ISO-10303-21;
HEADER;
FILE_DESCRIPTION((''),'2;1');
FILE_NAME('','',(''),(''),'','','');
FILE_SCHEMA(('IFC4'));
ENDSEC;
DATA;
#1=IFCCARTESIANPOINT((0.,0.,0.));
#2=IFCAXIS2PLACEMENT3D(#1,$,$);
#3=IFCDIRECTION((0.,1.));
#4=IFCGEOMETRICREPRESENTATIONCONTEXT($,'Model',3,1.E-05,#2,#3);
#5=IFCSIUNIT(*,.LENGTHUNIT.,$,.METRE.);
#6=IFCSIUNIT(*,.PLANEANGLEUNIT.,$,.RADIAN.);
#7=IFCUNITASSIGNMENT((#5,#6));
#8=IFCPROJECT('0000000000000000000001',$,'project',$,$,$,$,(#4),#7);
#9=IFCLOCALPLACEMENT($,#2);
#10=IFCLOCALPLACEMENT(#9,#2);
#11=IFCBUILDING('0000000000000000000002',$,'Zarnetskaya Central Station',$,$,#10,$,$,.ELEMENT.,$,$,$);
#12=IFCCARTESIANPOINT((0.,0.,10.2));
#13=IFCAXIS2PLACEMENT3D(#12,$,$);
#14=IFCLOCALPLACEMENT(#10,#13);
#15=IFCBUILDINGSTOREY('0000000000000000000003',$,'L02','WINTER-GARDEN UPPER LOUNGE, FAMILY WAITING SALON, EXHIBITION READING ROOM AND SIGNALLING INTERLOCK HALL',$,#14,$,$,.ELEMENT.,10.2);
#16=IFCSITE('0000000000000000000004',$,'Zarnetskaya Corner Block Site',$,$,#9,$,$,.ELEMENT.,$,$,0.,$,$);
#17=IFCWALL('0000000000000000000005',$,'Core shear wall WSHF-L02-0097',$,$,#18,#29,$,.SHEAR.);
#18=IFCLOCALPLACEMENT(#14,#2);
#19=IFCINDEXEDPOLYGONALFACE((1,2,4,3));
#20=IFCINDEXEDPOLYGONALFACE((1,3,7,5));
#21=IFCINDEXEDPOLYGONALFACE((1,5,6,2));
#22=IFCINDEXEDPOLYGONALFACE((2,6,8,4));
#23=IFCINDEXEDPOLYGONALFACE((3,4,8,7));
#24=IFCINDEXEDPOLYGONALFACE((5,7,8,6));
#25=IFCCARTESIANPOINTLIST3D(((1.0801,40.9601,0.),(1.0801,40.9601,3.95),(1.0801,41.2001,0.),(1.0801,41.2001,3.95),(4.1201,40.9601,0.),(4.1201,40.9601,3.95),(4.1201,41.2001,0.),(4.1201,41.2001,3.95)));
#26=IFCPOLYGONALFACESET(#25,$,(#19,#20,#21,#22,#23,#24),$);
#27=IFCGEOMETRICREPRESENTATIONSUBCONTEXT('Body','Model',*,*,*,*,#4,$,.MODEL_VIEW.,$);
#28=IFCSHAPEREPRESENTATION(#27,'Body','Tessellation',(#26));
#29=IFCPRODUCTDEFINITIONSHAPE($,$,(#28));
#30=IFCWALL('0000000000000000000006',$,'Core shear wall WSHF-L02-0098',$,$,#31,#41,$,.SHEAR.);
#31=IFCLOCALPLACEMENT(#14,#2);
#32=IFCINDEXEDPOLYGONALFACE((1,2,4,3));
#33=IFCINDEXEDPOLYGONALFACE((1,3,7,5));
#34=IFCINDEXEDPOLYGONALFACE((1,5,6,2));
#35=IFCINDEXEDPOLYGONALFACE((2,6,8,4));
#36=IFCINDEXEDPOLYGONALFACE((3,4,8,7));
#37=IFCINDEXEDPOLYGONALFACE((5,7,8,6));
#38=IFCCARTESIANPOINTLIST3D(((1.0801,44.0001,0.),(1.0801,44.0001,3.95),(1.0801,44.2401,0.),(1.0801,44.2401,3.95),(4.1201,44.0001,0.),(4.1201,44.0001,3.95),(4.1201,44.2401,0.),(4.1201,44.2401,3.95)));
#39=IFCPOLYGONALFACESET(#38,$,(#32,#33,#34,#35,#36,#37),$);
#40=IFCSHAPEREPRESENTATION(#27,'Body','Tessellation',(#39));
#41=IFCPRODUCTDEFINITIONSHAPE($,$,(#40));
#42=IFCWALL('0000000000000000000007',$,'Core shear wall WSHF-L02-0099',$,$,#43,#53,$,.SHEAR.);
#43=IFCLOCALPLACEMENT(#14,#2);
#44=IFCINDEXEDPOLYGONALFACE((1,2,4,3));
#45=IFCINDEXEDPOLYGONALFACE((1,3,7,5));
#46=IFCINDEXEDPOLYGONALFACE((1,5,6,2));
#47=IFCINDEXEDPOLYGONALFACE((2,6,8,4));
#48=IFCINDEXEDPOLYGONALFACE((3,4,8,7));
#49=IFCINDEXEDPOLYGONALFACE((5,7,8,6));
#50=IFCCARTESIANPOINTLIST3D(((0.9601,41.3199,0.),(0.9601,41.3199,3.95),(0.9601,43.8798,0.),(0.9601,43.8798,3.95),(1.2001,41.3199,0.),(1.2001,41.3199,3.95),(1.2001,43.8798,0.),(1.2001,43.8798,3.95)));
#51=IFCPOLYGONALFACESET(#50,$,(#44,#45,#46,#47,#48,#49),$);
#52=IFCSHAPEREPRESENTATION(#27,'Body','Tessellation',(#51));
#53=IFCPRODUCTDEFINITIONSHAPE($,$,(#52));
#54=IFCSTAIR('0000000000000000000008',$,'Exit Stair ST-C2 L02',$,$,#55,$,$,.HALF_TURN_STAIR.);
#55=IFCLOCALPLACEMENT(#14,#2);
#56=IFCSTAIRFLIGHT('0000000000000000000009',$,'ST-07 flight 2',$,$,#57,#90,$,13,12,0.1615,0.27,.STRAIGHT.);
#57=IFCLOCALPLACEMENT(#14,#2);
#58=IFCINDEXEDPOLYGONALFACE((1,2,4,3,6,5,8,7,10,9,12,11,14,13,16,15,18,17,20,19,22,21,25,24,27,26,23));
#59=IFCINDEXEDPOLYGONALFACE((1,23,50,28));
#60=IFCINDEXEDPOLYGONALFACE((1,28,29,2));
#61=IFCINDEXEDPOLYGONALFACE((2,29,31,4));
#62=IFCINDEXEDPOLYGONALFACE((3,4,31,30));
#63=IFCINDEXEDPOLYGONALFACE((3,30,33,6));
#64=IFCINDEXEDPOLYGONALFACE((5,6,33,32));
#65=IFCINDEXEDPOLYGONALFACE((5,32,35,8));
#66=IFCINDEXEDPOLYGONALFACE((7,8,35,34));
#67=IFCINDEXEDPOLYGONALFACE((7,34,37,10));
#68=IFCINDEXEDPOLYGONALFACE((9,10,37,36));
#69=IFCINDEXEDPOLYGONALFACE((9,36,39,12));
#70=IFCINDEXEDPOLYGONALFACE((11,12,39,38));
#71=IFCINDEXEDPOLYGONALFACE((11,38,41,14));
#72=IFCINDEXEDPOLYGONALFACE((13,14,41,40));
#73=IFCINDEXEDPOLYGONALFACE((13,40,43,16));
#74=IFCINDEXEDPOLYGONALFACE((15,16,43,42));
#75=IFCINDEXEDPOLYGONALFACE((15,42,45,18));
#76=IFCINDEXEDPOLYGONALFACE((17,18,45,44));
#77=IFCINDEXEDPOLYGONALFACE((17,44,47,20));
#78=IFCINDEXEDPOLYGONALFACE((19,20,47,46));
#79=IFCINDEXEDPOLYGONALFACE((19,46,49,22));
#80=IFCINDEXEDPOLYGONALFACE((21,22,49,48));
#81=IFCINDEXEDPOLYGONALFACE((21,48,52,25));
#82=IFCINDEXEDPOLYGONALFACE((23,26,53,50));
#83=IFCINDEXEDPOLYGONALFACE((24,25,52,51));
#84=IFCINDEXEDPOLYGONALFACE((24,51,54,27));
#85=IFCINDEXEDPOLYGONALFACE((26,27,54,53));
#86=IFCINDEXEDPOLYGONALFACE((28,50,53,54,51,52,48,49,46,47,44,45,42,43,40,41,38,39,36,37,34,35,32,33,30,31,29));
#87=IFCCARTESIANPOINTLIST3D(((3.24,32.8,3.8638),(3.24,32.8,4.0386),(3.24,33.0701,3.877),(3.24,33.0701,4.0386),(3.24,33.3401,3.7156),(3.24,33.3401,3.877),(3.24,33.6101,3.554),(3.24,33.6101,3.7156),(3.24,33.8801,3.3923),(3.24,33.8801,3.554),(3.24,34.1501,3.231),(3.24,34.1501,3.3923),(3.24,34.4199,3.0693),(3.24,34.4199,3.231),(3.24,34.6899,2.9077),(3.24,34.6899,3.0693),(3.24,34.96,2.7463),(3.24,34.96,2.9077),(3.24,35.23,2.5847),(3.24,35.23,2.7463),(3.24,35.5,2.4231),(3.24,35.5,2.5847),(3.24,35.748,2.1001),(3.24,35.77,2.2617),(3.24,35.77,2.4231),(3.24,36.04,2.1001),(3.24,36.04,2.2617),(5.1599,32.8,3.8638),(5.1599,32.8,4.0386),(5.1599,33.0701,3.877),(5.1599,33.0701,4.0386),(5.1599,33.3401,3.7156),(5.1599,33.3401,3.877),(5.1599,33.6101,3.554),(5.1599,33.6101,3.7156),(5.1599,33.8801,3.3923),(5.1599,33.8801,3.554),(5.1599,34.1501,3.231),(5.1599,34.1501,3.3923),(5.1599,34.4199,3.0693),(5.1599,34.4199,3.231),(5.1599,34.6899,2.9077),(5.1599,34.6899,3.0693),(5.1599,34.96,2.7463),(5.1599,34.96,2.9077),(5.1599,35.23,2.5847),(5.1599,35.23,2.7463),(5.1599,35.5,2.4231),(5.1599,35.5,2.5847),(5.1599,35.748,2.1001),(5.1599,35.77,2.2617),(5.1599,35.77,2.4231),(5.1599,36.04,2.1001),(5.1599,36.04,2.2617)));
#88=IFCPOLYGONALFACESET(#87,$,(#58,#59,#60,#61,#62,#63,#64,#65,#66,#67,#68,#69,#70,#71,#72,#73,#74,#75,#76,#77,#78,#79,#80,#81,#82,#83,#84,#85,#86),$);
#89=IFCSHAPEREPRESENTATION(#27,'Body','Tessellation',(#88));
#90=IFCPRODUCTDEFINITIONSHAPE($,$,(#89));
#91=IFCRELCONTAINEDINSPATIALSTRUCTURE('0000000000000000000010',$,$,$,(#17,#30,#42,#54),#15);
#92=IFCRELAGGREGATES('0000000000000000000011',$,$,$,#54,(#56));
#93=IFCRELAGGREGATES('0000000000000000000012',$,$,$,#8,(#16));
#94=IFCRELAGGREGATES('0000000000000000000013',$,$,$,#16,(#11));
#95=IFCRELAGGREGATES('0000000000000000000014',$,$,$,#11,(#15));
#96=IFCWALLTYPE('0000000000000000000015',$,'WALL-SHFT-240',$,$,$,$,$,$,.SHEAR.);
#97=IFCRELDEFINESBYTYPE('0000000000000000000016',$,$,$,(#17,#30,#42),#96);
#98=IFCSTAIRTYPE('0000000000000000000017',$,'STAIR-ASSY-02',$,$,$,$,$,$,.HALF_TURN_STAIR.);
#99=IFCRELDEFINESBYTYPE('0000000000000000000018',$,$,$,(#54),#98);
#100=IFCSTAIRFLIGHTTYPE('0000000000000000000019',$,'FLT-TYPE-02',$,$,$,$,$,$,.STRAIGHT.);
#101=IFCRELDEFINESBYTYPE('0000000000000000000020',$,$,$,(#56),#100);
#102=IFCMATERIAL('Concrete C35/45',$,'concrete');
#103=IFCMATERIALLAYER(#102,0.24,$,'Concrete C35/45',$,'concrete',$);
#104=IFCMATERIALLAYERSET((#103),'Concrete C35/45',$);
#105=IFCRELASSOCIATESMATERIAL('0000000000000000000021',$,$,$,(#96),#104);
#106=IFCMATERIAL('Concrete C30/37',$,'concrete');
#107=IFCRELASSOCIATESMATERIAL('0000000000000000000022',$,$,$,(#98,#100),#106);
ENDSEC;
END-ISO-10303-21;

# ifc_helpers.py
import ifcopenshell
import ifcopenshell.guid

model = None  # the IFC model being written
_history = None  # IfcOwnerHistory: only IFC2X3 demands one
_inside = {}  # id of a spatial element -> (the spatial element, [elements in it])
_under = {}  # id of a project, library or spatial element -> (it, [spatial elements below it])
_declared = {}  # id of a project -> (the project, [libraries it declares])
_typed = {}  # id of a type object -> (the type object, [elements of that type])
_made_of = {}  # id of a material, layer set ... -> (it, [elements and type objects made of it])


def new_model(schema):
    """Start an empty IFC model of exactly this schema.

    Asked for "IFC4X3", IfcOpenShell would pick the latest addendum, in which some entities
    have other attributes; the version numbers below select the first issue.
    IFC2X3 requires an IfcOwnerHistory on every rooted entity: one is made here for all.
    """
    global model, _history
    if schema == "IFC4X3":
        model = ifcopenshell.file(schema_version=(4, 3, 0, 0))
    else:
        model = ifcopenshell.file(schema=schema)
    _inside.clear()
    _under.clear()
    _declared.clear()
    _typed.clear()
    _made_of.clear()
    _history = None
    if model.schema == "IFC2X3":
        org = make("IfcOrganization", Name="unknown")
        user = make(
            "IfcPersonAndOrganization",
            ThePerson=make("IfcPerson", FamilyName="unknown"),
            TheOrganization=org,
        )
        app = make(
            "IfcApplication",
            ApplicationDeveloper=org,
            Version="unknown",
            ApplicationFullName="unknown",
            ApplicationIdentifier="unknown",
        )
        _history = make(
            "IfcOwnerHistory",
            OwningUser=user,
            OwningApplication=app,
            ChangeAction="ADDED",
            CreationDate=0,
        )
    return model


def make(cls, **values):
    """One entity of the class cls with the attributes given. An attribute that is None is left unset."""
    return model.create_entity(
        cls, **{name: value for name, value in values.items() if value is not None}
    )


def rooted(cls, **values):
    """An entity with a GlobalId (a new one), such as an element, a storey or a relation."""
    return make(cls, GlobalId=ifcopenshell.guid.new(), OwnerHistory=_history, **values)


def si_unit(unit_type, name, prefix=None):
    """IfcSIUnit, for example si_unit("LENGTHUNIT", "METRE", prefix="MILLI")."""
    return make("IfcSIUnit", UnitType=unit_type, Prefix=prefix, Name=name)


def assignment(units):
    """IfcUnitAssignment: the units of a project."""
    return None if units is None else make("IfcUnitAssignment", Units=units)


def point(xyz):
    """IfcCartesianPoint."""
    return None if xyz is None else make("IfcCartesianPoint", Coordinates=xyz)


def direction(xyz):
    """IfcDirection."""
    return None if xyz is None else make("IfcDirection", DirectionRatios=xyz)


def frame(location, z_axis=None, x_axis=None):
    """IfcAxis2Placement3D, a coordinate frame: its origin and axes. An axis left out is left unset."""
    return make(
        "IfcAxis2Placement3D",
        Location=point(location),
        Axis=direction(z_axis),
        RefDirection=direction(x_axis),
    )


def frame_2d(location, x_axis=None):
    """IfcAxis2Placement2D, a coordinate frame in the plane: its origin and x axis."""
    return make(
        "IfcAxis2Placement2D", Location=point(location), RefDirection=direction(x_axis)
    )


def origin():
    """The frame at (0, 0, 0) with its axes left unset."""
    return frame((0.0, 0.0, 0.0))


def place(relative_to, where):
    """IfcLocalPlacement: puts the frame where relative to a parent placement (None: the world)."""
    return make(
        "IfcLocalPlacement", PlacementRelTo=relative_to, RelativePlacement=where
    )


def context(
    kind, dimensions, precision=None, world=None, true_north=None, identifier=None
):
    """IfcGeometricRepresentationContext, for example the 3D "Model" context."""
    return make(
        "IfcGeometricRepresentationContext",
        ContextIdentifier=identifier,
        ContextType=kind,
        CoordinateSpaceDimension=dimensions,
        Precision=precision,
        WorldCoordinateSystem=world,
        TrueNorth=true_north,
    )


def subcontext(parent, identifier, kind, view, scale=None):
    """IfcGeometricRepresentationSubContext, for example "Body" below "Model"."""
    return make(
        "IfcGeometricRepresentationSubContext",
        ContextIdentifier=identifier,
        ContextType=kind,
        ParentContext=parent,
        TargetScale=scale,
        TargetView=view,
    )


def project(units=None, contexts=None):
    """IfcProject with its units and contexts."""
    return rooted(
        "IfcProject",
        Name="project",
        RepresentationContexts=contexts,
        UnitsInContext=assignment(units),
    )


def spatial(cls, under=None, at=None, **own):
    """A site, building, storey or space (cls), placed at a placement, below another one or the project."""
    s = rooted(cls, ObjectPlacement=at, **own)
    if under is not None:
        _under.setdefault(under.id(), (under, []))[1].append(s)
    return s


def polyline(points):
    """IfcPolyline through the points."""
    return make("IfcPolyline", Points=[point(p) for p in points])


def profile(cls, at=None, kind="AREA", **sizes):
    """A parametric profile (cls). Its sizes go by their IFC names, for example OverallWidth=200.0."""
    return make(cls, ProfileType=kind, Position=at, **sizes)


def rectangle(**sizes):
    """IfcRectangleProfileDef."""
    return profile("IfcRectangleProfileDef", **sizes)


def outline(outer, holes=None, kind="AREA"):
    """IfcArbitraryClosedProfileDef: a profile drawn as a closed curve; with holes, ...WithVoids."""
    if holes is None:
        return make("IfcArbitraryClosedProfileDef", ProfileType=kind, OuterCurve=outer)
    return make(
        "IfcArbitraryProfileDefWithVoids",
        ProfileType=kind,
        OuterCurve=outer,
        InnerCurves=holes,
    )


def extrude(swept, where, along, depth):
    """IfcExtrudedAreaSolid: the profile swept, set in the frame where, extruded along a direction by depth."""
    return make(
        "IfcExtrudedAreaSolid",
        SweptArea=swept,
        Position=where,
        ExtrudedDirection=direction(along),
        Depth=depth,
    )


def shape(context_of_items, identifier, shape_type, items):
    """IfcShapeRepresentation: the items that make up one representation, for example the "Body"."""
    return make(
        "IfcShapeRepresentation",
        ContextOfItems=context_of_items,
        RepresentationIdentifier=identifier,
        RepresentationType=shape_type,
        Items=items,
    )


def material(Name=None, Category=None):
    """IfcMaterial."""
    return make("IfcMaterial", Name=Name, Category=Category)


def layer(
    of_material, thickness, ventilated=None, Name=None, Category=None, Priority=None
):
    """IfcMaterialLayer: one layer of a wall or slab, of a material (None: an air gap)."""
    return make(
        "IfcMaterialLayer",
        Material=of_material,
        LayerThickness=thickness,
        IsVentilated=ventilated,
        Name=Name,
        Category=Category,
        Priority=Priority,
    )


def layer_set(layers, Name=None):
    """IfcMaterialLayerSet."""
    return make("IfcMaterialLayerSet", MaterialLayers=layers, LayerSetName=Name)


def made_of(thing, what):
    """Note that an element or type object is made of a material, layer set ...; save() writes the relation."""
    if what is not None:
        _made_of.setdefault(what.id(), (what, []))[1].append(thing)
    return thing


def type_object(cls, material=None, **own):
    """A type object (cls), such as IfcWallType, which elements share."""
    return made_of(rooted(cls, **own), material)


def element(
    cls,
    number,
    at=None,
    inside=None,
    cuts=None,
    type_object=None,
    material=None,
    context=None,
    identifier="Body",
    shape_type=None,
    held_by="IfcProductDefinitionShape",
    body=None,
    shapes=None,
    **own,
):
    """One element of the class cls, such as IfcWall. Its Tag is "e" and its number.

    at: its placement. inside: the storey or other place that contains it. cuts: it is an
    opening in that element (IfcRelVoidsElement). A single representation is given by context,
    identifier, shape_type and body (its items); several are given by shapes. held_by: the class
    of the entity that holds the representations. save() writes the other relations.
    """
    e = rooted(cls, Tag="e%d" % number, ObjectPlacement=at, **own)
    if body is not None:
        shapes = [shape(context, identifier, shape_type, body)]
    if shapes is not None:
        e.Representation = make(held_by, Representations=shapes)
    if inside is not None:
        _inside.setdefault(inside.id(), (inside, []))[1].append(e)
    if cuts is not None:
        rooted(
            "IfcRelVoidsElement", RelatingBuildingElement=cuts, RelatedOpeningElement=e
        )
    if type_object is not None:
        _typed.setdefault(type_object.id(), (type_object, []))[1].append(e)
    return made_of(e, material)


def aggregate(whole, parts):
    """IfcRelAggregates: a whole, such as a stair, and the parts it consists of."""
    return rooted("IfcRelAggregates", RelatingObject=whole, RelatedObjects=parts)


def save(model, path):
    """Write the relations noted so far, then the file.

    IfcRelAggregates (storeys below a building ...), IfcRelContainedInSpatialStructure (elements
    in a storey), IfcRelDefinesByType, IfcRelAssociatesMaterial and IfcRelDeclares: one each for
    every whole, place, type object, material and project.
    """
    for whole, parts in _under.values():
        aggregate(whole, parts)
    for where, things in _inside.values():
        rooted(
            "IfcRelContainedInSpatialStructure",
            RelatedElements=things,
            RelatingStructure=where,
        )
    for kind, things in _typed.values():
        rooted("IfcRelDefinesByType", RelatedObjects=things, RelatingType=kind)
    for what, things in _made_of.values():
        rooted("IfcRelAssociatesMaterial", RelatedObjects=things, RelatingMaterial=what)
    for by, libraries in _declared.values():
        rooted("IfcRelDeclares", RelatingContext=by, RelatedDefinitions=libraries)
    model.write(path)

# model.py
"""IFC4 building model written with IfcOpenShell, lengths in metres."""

from ifc_helpers import new_model, si_unit, direction, frame, frame_2d, origin, place, context, subcontext, project, spatial, polyline, rectangle, outline, extrude, material, layer, layer_set, type_object, element, aggregate, save


model = new_model("IFC4")

# Units and contexts
model_context = context("Model", 3, precision=1e-05, world=origin(), true_north=direction((0.0, 1.0)))
body_context = subcontext(model_context, "Body", "Model", "MODEL_VIEW")
ifc_project = project(units=[si_unit("LENGTHUNIT", "METRE"), si_unit("PLANEANGLEUNIT", "RADIAN")], contexts=[model_context])

# Site, building, storey
site_placement = place(None, origin())
site = spatial("IfcSite", under=ifc_project, at=site_placement, Name="Zarnetskaya Corner Block Site", CompositionType="ELEMENT", RefElevation=0.0)
building_placement = place(site_placement, origin())
building = spatial("IfcBuilding", under=site, at=building_placement, Name="Zarnetskaya Central Station", CompositionType="ELEMENT")
storey_placement = place(building_placement, frame((0.0, 0.0, 10.2)))
storey = spatial("IfcBuildingStorey", under=building, at=storey_placement, Name="L02", Description="WINTER-GARDEN UPPER LOUNGE, FAMILY WAITING SALON, EXHIBITION READING ROOM AND SIGNALLING INTERLOCK HALL", CompositionType="ELEMENT", Elevation=10.2)

# Shared definitions
ifc_material_1 = material(Name="Concrete C35/45", Category="concrete")

# Walls
ifc_layer_1 = layer(ifc_material_1, 0.24, Name="Concrete C35/45", Category="concrete")
ifc_layer_set_1 = layer_set([ifc_layer_1], Name="Concrete C35/45")
wall_type_1 = type_object("IfcWallType", Name="WALL-SHFT-240", PredefinedType="SHEAR", material=ifc_layer_set_1)
for number, where, z_axis, x_axis, name in (
    (1, (4.1201, 41.0801, 0.0), (0.0, 0.0, 1.0), (-1.0, 0.0, 0.0), "Core shear wall WSHF-L02-0097"),
    (2, (1.0801, 44.1201, 0.0), (0.0, 0.0, 1.0), (1.0, 0.0, 0.0), "Core shear wall WSHF-L02-0098"),
):
    element("IfcWall", number, at=place(storey_placement, frame(where, z_axis=z_axis, x_axis=x_axis)), inside=storey, type_object=wall_type_1, Name=name, PredefinedType="SHEAR", context=body_context, shape_type="SweptSolid", body=[
        extrude(rectangle(XDim=3.04, YDim=0.24, at=frame_2d((1.52, 0.0))), origin(), (0.0, 0.0, 1.0), 3.95),
    ])
wall_1_placement = place(storey_placement, frame((1.0801, 41.3201, 0.0), z_axis=(0.0, 0.0, 1.0), x_axis=(0.0, 1.0, 0.0)))
element("IfcWall", 3, at=wall_1_placement, inside=storey, type_object=wall_type_1, Name="Core shear wall WSHF-L02-0099", PredefinedType="SHEAR", context=body_context, shape_type="SweptSolid", body=[
    extrude(rectangle(XDim=2.5598, YDim=0.24, at=frame_2d((1.2798, 0.0))), origin(), (0.0, 0.0, 1.0), 3.95),
])

# Stair, stair flight
ifc_material_2 = material(Name="Concrete C30/37", Category="concrete")
stair_type = type_object("IfcStairType", Name="STAIR-ASSY-02", PredefinedType="HALF_TURN_STAIR", material=ifc_material_2)
stair_placement = place(storey_placement, origin())
stair = element("IfcStair", 4, at=stair_placement, inside=storey, type_object=stair_type, Name="Exit Stair ST-C2 L02", PredefinedType="HALF_TURN_STAIR")
stair_flight_type = type_object("IfcStairFlightType", Name="FLT-TYPE-02", PredefinedType="STRAIGHT", material=ifc_material_2)
stair_flight_placement = place(storey_placement, frame((4.2, 36.04, 2.1001), z_axis=(0.0, 0.0, 1.0), x_axis=(0.0, -1.0, 0.0)))
stair_flight = element("IfcStairFlight", 5, at=stair_flight_placement, type_object=stair_flight_type, Name="ST-07 flight 2", NumberOfRisers=13, NumberOfTreads=12, PredefinedType="STRAIGHT", RiserHeight=0.1615, TreadLength=0.27, context=body_context, shape_type="SweptSolid", body=[
    extrude(outline(polyline([(0.0, 0.0), (0.0, 0.1616), (0.27, 0.1616), (0.27, 0.323), (0.54, 0.323), (0.54, 0.4846), (0.8101, 0.4846), (0.8101, 0.6462), (1.0801, 0.6462), (1.0801, 0.8076), (1.3501, 0.8076), (1.3501, 0.9692), (1.6201, 0.9692), (1.6201, 1.1309), (1.8899, 1.1309), (1.8899, 1.2922), (2.1599, 1.2922), (2.1599, 1.4539), (2.4299, 1.4539), (2.4299, 1.6155), (2.7, 1.6155), (2.7, 1.7769), (2.97, 1.7769), (2.97, 1.9385), (3.24, 1.9385), (3.24, 2.1001), (3.24, 1.7637), (0.292, 0.0), (0.0, 0.0)])), frame((0.0, 0.96, 0.0), z_axis=(0.0, -1.0, 0.0), x_axis=(1.0, 0.0, 0.0)), (0.0, 0.0, 1.0), 1.9199),
])
aggregate(stair, [stair_flight])

save(model, "model.ifc")
